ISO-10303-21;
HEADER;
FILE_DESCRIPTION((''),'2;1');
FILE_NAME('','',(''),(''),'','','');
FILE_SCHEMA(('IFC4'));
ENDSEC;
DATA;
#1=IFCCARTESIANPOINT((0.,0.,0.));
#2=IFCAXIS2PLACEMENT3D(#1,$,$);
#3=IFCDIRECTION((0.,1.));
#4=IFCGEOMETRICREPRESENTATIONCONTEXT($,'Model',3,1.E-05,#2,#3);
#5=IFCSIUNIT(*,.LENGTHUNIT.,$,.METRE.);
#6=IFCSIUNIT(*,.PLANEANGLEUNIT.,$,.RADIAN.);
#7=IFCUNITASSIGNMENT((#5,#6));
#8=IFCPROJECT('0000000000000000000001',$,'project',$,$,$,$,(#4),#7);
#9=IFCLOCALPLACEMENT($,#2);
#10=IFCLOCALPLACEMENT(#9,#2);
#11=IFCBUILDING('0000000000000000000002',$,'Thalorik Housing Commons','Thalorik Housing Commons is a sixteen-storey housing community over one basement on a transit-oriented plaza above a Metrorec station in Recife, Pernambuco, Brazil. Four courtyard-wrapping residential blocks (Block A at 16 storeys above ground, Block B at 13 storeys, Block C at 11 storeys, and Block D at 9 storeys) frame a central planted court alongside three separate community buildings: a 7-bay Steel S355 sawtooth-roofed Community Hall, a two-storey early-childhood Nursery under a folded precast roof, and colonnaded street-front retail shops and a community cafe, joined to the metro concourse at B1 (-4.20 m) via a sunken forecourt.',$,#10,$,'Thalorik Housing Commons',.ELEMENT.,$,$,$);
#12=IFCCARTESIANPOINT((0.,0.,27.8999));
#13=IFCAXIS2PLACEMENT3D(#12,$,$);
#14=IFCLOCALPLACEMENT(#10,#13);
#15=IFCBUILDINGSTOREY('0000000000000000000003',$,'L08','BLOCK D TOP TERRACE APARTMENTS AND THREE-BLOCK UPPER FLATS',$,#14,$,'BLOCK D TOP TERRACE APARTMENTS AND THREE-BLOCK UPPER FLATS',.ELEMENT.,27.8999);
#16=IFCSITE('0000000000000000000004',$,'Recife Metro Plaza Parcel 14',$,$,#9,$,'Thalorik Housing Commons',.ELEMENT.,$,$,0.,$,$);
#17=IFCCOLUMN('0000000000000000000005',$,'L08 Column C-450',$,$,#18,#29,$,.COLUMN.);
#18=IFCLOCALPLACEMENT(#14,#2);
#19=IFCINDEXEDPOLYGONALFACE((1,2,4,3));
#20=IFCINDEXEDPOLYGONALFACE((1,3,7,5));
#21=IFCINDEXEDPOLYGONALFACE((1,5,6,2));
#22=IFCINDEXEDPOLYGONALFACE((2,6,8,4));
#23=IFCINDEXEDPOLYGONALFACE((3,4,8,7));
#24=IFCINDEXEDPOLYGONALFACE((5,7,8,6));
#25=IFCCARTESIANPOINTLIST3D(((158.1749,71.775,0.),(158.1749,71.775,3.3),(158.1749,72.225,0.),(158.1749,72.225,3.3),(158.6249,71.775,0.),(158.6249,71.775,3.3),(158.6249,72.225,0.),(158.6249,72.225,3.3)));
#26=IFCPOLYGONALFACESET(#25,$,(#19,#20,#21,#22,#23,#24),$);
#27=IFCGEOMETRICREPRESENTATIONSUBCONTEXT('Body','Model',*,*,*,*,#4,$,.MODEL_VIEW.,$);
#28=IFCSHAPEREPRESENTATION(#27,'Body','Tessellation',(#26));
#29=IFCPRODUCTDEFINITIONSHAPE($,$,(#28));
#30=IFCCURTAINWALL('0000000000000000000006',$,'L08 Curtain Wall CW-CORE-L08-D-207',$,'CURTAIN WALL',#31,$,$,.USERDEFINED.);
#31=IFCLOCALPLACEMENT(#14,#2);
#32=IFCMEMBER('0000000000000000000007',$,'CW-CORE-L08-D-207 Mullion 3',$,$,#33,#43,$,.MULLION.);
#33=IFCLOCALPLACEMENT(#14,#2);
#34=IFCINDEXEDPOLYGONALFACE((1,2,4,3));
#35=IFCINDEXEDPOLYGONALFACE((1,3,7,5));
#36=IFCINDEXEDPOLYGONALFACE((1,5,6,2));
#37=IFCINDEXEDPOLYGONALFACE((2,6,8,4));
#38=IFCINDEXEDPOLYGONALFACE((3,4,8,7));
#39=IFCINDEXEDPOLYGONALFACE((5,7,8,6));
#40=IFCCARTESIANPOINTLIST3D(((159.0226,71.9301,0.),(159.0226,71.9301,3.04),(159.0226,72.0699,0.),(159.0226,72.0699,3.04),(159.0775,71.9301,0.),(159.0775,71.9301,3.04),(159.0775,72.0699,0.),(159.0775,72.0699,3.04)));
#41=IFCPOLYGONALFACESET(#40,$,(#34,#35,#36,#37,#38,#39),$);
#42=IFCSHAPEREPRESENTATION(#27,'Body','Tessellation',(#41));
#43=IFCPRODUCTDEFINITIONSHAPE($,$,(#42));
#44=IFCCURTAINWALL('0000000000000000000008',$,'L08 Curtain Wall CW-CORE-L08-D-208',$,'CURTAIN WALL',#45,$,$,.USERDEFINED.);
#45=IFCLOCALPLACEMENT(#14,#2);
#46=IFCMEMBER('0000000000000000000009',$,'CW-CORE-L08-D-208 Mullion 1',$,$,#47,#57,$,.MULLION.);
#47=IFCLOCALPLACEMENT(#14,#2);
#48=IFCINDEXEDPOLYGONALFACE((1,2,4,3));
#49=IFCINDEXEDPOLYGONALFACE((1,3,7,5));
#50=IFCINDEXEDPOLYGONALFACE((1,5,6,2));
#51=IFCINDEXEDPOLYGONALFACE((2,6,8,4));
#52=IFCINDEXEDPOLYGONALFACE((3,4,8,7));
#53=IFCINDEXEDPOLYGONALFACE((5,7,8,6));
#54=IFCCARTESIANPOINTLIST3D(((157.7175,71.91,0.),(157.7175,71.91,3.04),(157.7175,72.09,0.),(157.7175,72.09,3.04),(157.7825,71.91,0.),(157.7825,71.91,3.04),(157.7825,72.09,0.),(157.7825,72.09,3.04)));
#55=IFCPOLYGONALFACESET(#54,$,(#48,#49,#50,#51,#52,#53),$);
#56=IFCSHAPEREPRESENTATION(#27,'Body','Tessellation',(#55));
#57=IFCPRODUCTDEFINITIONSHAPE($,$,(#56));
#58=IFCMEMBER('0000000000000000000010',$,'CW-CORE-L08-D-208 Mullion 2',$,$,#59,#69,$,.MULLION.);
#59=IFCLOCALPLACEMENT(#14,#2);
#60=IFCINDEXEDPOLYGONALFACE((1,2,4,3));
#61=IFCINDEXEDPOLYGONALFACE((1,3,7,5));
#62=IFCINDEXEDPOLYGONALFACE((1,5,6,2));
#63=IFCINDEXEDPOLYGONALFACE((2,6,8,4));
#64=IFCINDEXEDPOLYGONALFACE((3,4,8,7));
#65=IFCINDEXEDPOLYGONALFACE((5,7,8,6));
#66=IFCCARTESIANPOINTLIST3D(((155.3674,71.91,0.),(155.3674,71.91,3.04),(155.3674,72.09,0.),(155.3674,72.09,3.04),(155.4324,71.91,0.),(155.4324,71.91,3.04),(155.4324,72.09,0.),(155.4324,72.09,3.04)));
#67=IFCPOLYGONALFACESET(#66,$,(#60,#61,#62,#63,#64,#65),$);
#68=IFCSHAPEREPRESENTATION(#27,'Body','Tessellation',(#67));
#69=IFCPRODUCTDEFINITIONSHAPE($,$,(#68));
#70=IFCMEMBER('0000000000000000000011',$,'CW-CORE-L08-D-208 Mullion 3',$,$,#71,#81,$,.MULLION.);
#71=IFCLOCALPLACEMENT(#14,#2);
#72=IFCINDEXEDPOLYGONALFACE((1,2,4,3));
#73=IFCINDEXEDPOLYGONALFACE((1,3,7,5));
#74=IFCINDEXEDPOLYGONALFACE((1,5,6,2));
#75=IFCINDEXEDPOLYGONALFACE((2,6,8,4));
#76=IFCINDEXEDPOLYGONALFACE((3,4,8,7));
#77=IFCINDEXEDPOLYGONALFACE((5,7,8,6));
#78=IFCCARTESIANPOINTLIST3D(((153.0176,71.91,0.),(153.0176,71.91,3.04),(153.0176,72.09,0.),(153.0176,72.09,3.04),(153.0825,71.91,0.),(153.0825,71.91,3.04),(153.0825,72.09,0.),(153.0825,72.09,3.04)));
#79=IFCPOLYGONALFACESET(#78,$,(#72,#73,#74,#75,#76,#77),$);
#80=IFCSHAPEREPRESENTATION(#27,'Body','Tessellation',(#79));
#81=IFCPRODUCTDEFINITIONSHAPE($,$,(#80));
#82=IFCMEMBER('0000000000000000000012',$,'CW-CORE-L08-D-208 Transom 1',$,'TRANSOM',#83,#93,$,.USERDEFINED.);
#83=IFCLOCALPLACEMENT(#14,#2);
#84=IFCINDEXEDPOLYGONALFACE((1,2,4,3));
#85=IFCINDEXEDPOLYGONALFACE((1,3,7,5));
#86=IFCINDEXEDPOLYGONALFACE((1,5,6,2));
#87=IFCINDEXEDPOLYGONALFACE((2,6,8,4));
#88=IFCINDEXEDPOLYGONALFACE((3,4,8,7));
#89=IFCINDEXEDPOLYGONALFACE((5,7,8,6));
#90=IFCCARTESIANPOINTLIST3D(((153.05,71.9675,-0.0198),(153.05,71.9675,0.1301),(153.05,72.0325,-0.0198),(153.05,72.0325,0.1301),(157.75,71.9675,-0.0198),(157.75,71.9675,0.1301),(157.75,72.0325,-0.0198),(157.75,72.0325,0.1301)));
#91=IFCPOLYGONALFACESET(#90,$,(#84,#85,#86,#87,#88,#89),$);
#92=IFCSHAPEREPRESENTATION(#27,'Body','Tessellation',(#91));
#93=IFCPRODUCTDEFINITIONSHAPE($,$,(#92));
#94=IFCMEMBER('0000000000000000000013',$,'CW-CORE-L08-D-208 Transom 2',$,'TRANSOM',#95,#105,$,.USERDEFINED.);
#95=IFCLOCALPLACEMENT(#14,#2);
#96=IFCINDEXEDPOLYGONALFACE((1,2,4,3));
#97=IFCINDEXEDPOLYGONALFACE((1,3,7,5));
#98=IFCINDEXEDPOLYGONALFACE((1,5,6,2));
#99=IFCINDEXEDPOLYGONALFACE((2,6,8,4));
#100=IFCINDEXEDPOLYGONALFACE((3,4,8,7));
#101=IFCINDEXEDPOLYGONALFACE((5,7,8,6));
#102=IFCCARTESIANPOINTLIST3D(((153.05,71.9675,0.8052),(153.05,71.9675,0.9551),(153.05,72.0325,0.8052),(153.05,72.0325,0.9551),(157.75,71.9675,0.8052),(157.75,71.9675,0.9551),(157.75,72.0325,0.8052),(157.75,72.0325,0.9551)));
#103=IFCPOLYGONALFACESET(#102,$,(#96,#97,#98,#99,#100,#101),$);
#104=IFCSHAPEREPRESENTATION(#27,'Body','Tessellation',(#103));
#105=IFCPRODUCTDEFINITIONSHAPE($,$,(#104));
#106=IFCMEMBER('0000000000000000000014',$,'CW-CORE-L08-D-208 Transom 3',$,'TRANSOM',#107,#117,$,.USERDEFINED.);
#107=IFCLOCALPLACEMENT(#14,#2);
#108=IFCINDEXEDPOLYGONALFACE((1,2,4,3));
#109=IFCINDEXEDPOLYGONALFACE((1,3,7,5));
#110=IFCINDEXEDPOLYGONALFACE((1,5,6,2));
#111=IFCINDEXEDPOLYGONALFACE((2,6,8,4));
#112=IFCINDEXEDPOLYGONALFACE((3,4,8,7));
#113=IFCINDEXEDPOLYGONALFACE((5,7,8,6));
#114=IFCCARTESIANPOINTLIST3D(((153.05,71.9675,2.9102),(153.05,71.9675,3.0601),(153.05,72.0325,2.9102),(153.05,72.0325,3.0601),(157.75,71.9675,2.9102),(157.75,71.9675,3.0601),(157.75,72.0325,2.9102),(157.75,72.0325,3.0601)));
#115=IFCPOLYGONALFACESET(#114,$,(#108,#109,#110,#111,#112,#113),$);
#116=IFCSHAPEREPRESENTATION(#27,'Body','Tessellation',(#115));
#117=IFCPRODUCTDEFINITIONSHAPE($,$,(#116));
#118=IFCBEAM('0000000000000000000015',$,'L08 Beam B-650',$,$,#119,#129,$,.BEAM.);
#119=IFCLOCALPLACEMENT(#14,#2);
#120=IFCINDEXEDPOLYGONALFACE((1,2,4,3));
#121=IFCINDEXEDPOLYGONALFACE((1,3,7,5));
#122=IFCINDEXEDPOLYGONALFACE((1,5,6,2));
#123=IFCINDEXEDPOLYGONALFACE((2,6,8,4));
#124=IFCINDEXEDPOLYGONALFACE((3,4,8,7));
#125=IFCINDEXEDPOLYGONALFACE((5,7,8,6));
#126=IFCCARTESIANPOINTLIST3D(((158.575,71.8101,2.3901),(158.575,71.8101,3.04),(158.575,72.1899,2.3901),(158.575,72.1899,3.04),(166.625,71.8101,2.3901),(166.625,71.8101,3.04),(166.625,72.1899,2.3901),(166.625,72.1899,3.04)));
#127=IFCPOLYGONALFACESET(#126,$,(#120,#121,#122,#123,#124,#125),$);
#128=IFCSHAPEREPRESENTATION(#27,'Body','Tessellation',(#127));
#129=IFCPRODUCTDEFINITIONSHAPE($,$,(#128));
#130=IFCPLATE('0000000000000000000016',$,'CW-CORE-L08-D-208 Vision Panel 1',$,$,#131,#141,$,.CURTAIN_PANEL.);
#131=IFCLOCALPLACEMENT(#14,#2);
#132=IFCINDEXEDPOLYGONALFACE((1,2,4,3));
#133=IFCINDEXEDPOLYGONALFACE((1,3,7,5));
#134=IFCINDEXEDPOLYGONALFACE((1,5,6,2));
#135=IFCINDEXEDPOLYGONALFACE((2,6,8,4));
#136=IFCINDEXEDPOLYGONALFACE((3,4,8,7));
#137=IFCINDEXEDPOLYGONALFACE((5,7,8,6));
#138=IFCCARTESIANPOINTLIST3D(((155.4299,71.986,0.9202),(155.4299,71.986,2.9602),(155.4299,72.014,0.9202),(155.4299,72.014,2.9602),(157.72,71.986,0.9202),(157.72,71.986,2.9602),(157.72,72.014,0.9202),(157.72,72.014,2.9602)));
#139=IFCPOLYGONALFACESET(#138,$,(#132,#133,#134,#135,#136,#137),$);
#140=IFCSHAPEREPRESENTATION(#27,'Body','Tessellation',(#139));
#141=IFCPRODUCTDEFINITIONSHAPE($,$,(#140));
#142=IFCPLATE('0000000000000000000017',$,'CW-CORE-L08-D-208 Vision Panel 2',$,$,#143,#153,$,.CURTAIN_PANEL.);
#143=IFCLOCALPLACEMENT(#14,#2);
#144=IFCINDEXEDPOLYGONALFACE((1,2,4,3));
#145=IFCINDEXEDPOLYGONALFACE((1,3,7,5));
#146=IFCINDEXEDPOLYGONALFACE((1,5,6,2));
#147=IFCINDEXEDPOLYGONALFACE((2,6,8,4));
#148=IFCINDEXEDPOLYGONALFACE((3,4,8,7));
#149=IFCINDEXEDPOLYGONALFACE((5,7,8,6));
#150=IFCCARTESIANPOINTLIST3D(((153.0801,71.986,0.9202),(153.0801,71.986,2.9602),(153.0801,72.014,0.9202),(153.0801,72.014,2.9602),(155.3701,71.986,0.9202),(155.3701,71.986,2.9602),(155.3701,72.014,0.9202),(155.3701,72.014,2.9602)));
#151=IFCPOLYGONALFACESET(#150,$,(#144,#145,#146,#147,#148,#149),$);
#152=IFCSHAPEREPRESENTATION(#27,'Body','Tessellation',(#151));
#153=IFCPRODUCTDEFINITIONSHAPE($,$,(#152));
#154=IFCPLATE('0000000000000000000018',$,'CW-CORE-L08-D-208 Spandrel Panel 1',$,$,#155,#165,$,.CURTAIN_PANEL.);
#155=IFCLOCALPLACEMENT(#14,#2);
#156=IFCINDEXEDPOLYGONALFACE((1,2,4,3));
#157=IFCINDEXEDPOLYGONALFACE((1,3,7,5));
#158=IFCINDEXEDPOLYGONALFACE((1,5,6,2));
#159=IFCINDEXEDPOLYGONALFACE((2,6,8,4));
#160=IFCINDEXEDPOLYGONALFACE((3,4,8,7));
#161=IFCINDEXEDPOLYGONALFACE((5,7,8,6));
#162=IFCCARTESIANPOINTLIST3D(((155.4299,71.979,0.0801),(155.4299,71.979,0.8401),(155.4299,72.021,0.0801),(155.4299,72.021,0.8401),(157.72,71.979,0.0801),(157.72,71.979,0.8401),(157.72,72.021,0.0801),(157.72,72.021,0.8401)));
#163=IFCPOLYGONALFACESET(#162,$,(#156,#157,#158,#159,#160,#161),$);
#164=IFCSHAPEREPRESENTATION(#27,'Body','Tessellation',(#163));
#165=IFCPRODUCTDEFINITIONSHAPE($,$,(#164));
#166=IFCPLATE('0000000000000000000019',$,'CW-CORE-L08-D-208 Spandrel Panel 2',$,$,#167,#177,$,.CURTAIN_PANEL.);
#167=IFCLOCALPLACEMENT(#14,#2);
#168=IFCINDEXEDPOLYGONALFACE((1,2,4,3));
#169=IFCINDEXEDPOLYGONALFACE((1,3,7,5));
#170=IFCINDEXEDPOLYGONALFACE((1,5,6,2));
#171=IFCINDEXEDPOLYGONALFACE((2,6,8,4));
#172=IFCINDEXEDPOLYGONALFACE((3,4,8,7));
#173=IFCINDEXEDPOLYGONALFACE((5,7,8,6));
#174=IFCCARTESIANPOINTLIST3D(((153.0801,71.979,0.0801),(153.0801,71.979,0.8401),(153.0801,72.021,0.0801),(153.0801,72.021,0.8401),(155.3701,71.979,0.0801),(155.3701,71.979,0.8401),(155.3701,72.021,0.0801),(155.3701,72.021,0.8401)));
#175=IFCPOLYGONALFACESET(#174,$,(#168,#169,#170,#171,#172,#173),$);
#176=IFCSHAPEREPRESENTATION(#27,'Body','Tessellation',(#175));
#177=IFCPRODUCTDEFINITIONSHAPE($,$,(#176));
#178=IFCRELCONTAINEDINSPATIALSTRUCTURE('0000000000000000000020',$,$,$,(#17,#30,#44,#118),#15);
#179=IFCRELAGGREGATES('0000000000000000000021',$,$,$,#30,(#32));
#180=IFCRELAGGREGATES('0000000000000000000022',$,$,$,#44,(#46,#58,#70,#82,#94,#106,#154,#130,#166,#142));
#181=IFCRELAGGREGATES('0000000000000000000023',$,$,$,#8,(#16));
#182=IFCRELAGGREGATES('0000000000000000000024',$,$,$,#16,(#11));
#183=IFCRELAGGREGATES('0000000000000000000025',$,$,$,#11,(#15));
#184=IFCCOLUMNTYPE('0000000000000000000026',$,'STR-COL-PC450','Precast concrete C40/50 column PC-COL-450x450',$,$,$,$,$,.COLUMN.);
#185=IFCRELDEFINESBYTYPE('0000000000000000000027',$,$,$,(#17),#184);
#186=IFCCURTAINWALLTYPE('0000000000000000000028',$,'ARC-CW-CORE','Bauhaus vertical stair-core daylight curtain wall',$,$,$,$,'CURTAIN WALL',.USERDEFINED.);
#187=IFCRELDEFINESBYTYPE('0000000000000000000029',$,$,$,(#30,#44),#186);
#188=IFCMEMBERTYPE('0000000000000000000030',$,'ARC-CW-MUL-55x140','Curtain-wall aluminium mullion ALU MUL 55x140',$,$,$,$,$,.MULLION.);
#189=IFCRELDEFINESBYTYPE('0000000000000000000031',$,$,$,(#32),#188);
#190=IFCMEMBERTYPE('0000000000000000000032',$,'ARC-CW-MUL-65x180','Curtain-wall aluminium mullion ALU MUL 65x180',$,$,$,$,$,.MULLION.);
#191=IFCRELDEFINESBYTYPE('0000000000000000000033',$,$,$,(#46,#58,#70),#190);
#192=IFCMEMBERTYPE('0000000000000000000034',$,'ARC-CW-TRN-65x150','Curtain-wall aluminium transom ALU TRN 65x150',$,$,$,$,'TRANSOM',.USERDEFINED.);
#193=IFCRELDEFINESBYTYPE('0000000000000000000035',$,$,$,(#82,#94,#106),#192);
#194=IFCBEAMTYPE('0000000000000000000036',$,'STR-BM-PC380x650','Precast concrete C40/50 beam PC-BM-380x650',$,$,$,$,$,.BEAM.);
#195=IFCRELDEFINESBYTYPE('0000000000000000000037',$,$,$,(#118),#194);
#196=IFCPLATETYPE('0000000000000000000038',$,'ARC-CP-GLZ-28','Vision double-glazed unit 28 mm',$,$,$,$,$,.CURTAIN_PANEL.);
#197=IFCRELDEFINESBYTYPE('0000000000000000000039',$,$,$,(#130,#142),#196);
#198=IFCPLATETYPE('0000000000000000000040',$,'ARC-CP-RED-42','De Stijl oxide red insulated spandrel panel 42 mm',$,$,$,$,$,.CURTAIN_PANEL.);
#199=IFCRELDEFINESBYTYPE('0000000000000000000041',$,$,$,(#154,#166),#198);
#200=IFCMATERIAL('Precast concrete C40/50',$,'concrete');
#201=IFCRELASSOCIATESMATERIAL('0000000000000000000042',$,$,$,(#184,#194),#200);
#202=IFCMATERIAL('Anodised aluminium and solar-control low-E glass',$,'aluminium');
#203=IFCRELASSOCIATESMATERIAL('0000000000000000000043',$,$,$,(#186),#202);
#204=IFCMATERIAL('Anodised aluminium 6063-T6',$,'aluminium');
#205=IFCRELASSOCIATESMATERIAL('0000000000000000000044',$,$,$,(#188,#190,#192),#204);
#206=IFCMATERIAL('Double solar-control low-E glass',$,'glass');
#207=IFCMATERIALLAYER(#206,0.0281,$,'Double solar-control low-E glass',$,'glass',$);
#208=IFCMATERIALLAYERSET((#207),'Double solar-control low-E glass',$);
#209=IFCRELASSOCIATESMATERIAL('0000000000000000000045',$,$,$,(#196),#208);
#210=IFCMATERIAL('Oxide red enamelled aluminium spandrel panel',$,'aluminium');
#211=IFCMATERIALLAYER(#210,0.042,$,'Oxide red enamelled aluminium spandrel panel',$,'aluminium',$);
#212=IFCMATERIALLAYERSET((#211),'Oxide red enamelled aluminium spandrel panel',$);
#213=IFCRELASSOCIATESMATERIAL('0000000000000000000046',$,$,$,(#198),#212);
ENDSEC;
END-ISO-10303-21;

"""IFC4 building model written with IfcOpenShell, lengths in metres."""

from ifc_helpers import new_model, si_unit, direction, frame, origin, origin_2d, place, context, subcontext, project, spatial, rectangle, extrude, material, layer, layer_set, material_profile, profile_set, type_object, element, aggregate, save


model = new_model("IFC4")

# Units and contexts
model_context = context("Model", 3, precision=1e-05, world=origin(), true_north=direction((0.0, 1.0)))
body_context = subcontext(model_context, "Body", "Model", "MODEL_VIEW")
ifc_project = project(units=[si_unit("LENGTHUNIT", "METRE"), si_unit("PLANEANGLEUNIT", "RADIAN")], contexts=[model_context])

# Site, building, storey
site_placement = place(None, origin())
site = spatial("IfcSite", under=ifc_project, at=site_placement, Name="Recife Metro Plaza Parcel 14", LongName="Thalorik Housing Commons", CompositionType="ELEMENT", RefElevation=0.0)
building_placement = place(site_placement, origin())
building = spatial("IfcBuilding", under=site, at=building_placement, Name="Thalorik Housing Commons", Description="Thalorik Housing Commons is a sixteen-storey housing community over one basement on a transit-oriented plaza above a Metrorec station in Recife, Pernambuco, Brazil. Four courtyard-wrapping residential blocks (Block A at 16 storeys above ground, Block B at 13 storeys, Block C at 11 storeys, and Block D at 9 storeys) frame a central planted court alongside three separate community buildings: a 7-bay Steel S355 sawtooth-roofed Community Hall, a two-storey early-childhood Nursery under a folded precast roof, and colonnaded street-front retail shops and a community cafe, joined to the metro concourse at B1 (-4.20 m) via a sunken forecourt.", LongName="Thalorik Housing Commons", CompositionType="ELEMENT")
storey_placement = place(building_placement, frame((0.0, 0.0, 27.8999)))
storey = spatial("IfcBuildingStorey", under=building, at=storey_placement, Name="L08", Description="BLOCK D TOP TERRACE APARTMENTS AND THREE-BLOCK UPPER FLATS", LongName="BLOCK D TOP TERRACE APARTMENTS AND THREE-BLOCK UPPER FLATS", CompositionType="ELEMENT", Elevation=27.8999)

# Column
ifc_material_1 = material(Name="Precast concrete C40/50", Category="concrete")
ifc_material_profile_1 = material_profile(ifc_material_1, rectangle(XDim=0.45, YDim=0.45, at=origin_2d()), Name="PC 450x450", Category="concrete")
ifc_profile_set_1 = profile_set([ifc_material_profile_1], Name="Precast concrete C40/50")
column_type = type_object("IfcColumnType", Name="STR-COL-PC450", Description="Precast concrete C40/50 column PC-COL-450x450", PredefinedType="COLUMN", material=ifc_profile_set_1)
column_placement = place(storey_placement, frame((158.3999, 72.0, 0.0), z_axis=(0.0, 0.0, 1.0), x_axis=(1.0, 0.0, 0.0)))
element("IfcColumn", 1, at=column_placement, inside=storey, type_object=column_type, Name="L08 Column C-450", PredefinedType="COLUMN", context=body_context, shape_type="SweptSolid", body=[
    extrude(rectangle(XDim=0.45, YDim=0.45, at=origin_2d()), origin(), (0.0, 0.0, 1.0), 3.3),
])

# Curtain wall, member
ifc_material_2 = material(Name="Anodised aluminium and solar-control low-E glass", Category="aluminium")
curtain_wall_type = type_object("IfcCurtainWallType", Name="ARC-CW-CORE", Description="Bauhaus vertical stair-core daylight curtain wall", ElementType="CURTAIN WALL", PredefinedType="USERDEFINED", material=ifc_material_2)
curtain_wall_1_placement = place(storey_placement, origin())
curtain_wall_1 = element("IfcCurtainWall", 2, at=curtain_wall_1_placement, inside=storey, type_object=curtain_wall_type, Name="L08 Curtain Wall CW-CORE-L08-D-207", ObjectType="CURTAIN WALL", PredefinedType="USERDEFINED")
ifc_material_3 = material(Name="Anodised aluminium 6063-T6", Category="aluminium")
ifc_material_profile_2 = material_profile(ifc_material_3, rectangle(XDim=0.0549, YDim=0.1399, at=origin_2d()), Name="ALU MUL 55x140", Category="aluminium")
ifc_profile_set_2 = profile_set([ifc_material_profile_2], Name="Anodised aluminium 6063-T6")
member_type_1 = type_object("IfcMemberType", Name="ARC-CW-MUL-55x140", Description="Curtain-wall aluminium mullion ALU MUL 55x140", PredefinedType="MULLION", material=ifc_profile_set_2)
member_1_placement = place(storey_placement, frame((159.05, 72.0, 0.0), z_axis=(0.0, 0.0, 1.0), x_axis=(-1.0, 0.0, 0.0)))
member_1 = element("IfcMember", 3, at=member_1_placement, type_object=member_type_1, Name="CW-CORE-L08-D-207 Mullion 3", PredefinedType="MULLION", context=body_context, shape_type="SweptSolid", body=[
    extrude(rectangle(XDim=0.0549, YDim=0.1399, at=origin_2d()), origin(), (0.0, 0.0, 1.0), 3.04),
])
aggregate(curtain_wall_1, [member_1])

# Curtain wall, members
curtain_wall_2_placement = place(storey_placement, origin())
curtain_wall_2 = element("IfcCurtainWall", 4, at=curtain_wall_2_placement, inside=storey, type_object=curtain_wall_type, Name="L08 Curtain Wall CW-CORE-L08-D-208", ObjectType="CURTAIN WALL", PredefinedType="USERDEFINED")
ifc_material_profile_3 = material_profile(ifc_material_3, rectangle(XDim=0.0649, YDim=0.1799, at=origin_2d()), Name="ALU MUL 65x180", Category="aluminium")
ifc_profile_set_3 = profile_set([ifc_material_profile_3], Name="Anodised aluminium 6063-T6")
member_type_2 = type_object("IfcMemberType", Name="ARC-CW-MUL-65x180", Description="Curtain-wall aluminium mullion ALU MUL 65x180", PredefinedType="MULLION", material=ifc_profile_set_3)
member_2_placement = place(storey_placement, frame((157.75, 72.0, 0.0), z_axis=(0.0, 0.0, 1.0), x_axis=(-1.0, 0.0, 0.0)))
member_2 = element("IfcMember", 5, at=member_2_placement, type_object=member_type_2, Name="CW-CORE-L08-D-208 Mullion 1", PredefinedType="MULLION", context=body_context, shape_type="SweptSolid", body=[
    extrude(rectangle(XDim=0.0649, YDim=0.1799, at=origin_2d()), origin(), (0.0, 0.0, 1.0), 3.04),
])
member_3_placement = place(storey_placement, frame((155.3999, 72.0, 0.0), z_axis=(0.0, 0.0, 1.0), x_axis=(-1.0, 0.0, 0.0)))
member_3 = element("IfcMember", 6, at=member_3_placement, type_object=member_type_2, Name="CW-CORE-L08-D-208 Mullion 2", PredefinedType="MULLION", context=body_context, shape_type="SweptSolid", body=[
    extrude(rectangle(XDim=0.0649, YDim=0.1799, at=origin_2d()), origin(), (0.0, 0.0, 1.0), 3.04),
])
member_4_placement = place(storey_placement, frame((153.05, 72.0, 0.0), z_axis=(0.0, 0.0, 1.0), x_axis=(-1.0, 0.0, 0.0)))
member_4 = element("IfcMember", 7, at=member_4_placement, type_object=member_type_2, Name="CW-CORE-L08-D-208 Mullion 3", PredefinedType="MULLION", context=body_context, shape_type="SweptSolid", body=[
    extrude(rectangle(XDim=0.0649, YDim=0.1799, at=origin_2d()), origin(), (0.0, 0.0, 1.0), 3.04),
])
ifc_material_profile_4 = material_profile(ifc_material_3, rectangle(XDim=0.0649, YDim=0.1499, at=origin_2d()), Name="ALU TRN 65x150", Category="aluminium")
ifc_profile_set_4 = profile_set([ifc_material_profile_4], Name="Anodised aluminium 6063-T6")
member_type_3 = type_object("IfcMemberType", Name="ARC-CW-TRN-65x150", Description="Curtain-wall aluminium transom ALU TRN 65x150", ElementType="TRANSOM", PredefinedType="USERDEFINED", material=ifc_profile_set_4)
member_5_placement = place(storey_placement, frame((157.75, 72.0, 0.0552), z_axis=(-1.0, 0.0, 0.0), x_axis=(0.0, -1.0, 0.0)))
member_5 = element("IfcMember", 8, at=member_5_placement, type_object=member_type_3, Name="CW-CORE-L08-D-208 Transom 1", ObjectType="TRANSOM", PredefinedType="USERDEFINED", context=body_context, shape_type="SweptSolid", body=[
    extrude(rectangle(XDim=0.0649, YDim=0.1499, at=origin_2d()), origin(), (0.0, 0.0, 1.0), 4.7),
])
member_6_placement = place(storey_placement, frame((157.75, 72.0, 0.8801), z_axis=(-1.0, 0.0, 0.0), x_axis=(0.0, -1.0, 0.0)))
member_6 = element("IfcMember", 9, at=member_6_placement, type_object=member_type_3, Name="CW-CORE-L08-D-208 Transom 2", ObjectType="TRANSOM", PredefinedType="USERDEFINED", context=body_context, shape_type="SweptSolid", body=[
    extrude(rectangle(XDim=0.0649, YDim=0.1499, at=origin_2d()), origin(), (0.0, 0.0, 1.0), 4.7),
])
member_7_placement = place(storey_placement, frame((157.75, 72.0, 2.9851), z_axis=(-1.0, 0.0, 0.0), x_axis=(0.0, -1.0, 0.0)))
member_7 = element("IfcMember", 10, at=member_7_placement, type_object=member_type_3, Name="CW-CORE-L08-D-208 Transom 3", ObjectType="TRANSOM", PredefinedType="USERDEFINED", context=body_context, shape_type="SweptSolid", body=[
    extrude(rectangle(XDim=0.0649, YDim=0.1499, at=origin_2d()), origin(), (0.0, 0.0, 1.0), 4.7),
])

# Beam
ifc_material_profile_5 = material_profile(ifc_material_1, rectangle(XDim=0.3799, YDim=0.6499, at=origin_2d()), Name="PC 380x650", Category="concrete")
ifc_profile_set_5 = profile_set([ifc_material_profile_5], Name="Precast concrete C40/50")
beam_type = type_object("IfcBeamType", Name="STR-BM-PC380x650", Description="Precast concrete C40/50 beam PC-BM-380x650", PredefinedType="BEAM", material=ifc_profile_set_5)
beam_placement = place(storey_placement, frame((158.575, 72.0, 2.7151), z_axis=(1.0, 0.0, 0.0), x_axis=(0.0, 1.0, 0.0)))
element("IfcBeam", 11, at=beam_placement, inside=storey, type_object=beam_type, Name="L08 Beam B-650", PredefinedType="BEAM", context=body_context, shape_type="SweptSolid", body=[
    extrude(rectangle(XDim=0.3799, YDim=0.6499, at=origin_2d()), origin(), (0.0, 0.0, 1.0), 8.05),
])

# Plates
ifc_material_4 = material(Name="Double solar-control low-E glass", Category="glass")
ifc_layer_1 = layer(ifc_material_4, 0.0281, Name="Double solar-control low-E glass", Category="glass")
ifc_layer_set_1 = layer_set([ifc_layer_1], Name="Double solar-control low-E glass")
plate_type_1 = type_object("IfcPlateType", Name="ARC-CP-GLZ-28", Description="Vision double-glazed unit 28 mm", PredefinedType="CURTAIN_PANEL", material=ifc_layer_set_1)
plate_1_placement = place(storey_placement, frame((156.575, 72.0, 0.9202), z_axis=(0.0, 0.0, 1.0), x_axis=(-1.0, 0.0, 0.0)))
plate_1 = element("IfcPlate", 12, at=plate_1_placement, type_object=plate_type_1, Name="CW-CORE-L08-D-208 Vision Panel 1", PredefinedType="CURTAIN_PANEL", context=body_context, shape_type="SweptSolid", body=[
    extrude(rectangle(XDim=2.29, YDim=0.0281, at=origin_2d()), origin(), (0.0, 0.0, 1.0), 2.04),
])
plate_2_placement = place(storey_placement, frame((154.2251, 72.0, 0.9202), z_axis=(0.0, 0.0, 1.0), x_axis=(-1.0, 0.0, 0.0)))
plate_2 = element("IfcPlate", 13, at=plate_2_placement, type_object=plate_type_1, Name="CW-CORE-L08-D-208 Vision Panel 2", PredefinedType="CURTAIN_PANEL", context=body_context, shape_type="SweptSolid", body=[
    extrude(rectangle(XDim=2.29, YDim=0.0281, at=origin_2d()), origin(), (0.0, 0.0, 1.0), 2.04),
])
ifc_material_5 = material(Name="Oxide red enamelled aluminium spandrel panel", Category="aluminium")
ifc_layer_2 = layer(ifc_material_5, 0.042, Name="Oxide red enamelled aluminium spandrel panel", Category="aluminium")
ifc_layer_set_2 = layer_set([ifc_layer_2], Name="Oxide red enamelled aluminium spandrel panel")
plate_type_2 = type_object("IfcPlateType", Name="ARC-CP-RED-42", Description="De Stijl oxide red insulated spandrel panel 42 mm", PredefinedType="CURTAIN_PANEL", material=ifc_layer_set_2)
plate_3_placement = place(storey_placement, frame((156.575, 72.0, 0.0801), z_axis=(0.0, 0.0, 1.0), x_axis=(-1.0, 0.0, 0.0)))
plate_3 = element("IfcPlate", 14, at=plate_3_placement, type_object=plate_type_2, Name="CW-CORE-L08-D-208 Spandrel Panel 1", PredefinedType="CURTAIN_PANEL", context=body_context, shape_type="SweptSolid", body=[
    extrude(rectangle(XDim=2.29, YDim=0.042, at=origin_2d()), origin(), (0.0, 0.0, 1.0), 0.76),
])
plate_4_placement = place(storey_placement, frame((154.2251, 72.0, 0.0801), z_axis=(0.0, 0.0, 1.0), x_axis=(-1.0, 0.0, 0.0)))
plate_4 = element("IfcPlate", 15, at=plate_4_placement, type_object=plate_type_2, Name="CW-CORE-L08-D-208 Spandrel Panel 2", PredefinedType="CURTAIN_PANEL", context=body_context, shape_type="SweptSolid", body=[
    extrude(rectangle(XDim=2.29, YDim=0.042, at=origin_2d()), origin(), (0.0, 0.0, 1.0), 0.76),
])
aggregate(curtain_wall_2, [member_2, member_3, member_4, member_5, member_6, member_7, plate_3, plate_1, plate_4, plate_2])

save(model, "model.ifc")
